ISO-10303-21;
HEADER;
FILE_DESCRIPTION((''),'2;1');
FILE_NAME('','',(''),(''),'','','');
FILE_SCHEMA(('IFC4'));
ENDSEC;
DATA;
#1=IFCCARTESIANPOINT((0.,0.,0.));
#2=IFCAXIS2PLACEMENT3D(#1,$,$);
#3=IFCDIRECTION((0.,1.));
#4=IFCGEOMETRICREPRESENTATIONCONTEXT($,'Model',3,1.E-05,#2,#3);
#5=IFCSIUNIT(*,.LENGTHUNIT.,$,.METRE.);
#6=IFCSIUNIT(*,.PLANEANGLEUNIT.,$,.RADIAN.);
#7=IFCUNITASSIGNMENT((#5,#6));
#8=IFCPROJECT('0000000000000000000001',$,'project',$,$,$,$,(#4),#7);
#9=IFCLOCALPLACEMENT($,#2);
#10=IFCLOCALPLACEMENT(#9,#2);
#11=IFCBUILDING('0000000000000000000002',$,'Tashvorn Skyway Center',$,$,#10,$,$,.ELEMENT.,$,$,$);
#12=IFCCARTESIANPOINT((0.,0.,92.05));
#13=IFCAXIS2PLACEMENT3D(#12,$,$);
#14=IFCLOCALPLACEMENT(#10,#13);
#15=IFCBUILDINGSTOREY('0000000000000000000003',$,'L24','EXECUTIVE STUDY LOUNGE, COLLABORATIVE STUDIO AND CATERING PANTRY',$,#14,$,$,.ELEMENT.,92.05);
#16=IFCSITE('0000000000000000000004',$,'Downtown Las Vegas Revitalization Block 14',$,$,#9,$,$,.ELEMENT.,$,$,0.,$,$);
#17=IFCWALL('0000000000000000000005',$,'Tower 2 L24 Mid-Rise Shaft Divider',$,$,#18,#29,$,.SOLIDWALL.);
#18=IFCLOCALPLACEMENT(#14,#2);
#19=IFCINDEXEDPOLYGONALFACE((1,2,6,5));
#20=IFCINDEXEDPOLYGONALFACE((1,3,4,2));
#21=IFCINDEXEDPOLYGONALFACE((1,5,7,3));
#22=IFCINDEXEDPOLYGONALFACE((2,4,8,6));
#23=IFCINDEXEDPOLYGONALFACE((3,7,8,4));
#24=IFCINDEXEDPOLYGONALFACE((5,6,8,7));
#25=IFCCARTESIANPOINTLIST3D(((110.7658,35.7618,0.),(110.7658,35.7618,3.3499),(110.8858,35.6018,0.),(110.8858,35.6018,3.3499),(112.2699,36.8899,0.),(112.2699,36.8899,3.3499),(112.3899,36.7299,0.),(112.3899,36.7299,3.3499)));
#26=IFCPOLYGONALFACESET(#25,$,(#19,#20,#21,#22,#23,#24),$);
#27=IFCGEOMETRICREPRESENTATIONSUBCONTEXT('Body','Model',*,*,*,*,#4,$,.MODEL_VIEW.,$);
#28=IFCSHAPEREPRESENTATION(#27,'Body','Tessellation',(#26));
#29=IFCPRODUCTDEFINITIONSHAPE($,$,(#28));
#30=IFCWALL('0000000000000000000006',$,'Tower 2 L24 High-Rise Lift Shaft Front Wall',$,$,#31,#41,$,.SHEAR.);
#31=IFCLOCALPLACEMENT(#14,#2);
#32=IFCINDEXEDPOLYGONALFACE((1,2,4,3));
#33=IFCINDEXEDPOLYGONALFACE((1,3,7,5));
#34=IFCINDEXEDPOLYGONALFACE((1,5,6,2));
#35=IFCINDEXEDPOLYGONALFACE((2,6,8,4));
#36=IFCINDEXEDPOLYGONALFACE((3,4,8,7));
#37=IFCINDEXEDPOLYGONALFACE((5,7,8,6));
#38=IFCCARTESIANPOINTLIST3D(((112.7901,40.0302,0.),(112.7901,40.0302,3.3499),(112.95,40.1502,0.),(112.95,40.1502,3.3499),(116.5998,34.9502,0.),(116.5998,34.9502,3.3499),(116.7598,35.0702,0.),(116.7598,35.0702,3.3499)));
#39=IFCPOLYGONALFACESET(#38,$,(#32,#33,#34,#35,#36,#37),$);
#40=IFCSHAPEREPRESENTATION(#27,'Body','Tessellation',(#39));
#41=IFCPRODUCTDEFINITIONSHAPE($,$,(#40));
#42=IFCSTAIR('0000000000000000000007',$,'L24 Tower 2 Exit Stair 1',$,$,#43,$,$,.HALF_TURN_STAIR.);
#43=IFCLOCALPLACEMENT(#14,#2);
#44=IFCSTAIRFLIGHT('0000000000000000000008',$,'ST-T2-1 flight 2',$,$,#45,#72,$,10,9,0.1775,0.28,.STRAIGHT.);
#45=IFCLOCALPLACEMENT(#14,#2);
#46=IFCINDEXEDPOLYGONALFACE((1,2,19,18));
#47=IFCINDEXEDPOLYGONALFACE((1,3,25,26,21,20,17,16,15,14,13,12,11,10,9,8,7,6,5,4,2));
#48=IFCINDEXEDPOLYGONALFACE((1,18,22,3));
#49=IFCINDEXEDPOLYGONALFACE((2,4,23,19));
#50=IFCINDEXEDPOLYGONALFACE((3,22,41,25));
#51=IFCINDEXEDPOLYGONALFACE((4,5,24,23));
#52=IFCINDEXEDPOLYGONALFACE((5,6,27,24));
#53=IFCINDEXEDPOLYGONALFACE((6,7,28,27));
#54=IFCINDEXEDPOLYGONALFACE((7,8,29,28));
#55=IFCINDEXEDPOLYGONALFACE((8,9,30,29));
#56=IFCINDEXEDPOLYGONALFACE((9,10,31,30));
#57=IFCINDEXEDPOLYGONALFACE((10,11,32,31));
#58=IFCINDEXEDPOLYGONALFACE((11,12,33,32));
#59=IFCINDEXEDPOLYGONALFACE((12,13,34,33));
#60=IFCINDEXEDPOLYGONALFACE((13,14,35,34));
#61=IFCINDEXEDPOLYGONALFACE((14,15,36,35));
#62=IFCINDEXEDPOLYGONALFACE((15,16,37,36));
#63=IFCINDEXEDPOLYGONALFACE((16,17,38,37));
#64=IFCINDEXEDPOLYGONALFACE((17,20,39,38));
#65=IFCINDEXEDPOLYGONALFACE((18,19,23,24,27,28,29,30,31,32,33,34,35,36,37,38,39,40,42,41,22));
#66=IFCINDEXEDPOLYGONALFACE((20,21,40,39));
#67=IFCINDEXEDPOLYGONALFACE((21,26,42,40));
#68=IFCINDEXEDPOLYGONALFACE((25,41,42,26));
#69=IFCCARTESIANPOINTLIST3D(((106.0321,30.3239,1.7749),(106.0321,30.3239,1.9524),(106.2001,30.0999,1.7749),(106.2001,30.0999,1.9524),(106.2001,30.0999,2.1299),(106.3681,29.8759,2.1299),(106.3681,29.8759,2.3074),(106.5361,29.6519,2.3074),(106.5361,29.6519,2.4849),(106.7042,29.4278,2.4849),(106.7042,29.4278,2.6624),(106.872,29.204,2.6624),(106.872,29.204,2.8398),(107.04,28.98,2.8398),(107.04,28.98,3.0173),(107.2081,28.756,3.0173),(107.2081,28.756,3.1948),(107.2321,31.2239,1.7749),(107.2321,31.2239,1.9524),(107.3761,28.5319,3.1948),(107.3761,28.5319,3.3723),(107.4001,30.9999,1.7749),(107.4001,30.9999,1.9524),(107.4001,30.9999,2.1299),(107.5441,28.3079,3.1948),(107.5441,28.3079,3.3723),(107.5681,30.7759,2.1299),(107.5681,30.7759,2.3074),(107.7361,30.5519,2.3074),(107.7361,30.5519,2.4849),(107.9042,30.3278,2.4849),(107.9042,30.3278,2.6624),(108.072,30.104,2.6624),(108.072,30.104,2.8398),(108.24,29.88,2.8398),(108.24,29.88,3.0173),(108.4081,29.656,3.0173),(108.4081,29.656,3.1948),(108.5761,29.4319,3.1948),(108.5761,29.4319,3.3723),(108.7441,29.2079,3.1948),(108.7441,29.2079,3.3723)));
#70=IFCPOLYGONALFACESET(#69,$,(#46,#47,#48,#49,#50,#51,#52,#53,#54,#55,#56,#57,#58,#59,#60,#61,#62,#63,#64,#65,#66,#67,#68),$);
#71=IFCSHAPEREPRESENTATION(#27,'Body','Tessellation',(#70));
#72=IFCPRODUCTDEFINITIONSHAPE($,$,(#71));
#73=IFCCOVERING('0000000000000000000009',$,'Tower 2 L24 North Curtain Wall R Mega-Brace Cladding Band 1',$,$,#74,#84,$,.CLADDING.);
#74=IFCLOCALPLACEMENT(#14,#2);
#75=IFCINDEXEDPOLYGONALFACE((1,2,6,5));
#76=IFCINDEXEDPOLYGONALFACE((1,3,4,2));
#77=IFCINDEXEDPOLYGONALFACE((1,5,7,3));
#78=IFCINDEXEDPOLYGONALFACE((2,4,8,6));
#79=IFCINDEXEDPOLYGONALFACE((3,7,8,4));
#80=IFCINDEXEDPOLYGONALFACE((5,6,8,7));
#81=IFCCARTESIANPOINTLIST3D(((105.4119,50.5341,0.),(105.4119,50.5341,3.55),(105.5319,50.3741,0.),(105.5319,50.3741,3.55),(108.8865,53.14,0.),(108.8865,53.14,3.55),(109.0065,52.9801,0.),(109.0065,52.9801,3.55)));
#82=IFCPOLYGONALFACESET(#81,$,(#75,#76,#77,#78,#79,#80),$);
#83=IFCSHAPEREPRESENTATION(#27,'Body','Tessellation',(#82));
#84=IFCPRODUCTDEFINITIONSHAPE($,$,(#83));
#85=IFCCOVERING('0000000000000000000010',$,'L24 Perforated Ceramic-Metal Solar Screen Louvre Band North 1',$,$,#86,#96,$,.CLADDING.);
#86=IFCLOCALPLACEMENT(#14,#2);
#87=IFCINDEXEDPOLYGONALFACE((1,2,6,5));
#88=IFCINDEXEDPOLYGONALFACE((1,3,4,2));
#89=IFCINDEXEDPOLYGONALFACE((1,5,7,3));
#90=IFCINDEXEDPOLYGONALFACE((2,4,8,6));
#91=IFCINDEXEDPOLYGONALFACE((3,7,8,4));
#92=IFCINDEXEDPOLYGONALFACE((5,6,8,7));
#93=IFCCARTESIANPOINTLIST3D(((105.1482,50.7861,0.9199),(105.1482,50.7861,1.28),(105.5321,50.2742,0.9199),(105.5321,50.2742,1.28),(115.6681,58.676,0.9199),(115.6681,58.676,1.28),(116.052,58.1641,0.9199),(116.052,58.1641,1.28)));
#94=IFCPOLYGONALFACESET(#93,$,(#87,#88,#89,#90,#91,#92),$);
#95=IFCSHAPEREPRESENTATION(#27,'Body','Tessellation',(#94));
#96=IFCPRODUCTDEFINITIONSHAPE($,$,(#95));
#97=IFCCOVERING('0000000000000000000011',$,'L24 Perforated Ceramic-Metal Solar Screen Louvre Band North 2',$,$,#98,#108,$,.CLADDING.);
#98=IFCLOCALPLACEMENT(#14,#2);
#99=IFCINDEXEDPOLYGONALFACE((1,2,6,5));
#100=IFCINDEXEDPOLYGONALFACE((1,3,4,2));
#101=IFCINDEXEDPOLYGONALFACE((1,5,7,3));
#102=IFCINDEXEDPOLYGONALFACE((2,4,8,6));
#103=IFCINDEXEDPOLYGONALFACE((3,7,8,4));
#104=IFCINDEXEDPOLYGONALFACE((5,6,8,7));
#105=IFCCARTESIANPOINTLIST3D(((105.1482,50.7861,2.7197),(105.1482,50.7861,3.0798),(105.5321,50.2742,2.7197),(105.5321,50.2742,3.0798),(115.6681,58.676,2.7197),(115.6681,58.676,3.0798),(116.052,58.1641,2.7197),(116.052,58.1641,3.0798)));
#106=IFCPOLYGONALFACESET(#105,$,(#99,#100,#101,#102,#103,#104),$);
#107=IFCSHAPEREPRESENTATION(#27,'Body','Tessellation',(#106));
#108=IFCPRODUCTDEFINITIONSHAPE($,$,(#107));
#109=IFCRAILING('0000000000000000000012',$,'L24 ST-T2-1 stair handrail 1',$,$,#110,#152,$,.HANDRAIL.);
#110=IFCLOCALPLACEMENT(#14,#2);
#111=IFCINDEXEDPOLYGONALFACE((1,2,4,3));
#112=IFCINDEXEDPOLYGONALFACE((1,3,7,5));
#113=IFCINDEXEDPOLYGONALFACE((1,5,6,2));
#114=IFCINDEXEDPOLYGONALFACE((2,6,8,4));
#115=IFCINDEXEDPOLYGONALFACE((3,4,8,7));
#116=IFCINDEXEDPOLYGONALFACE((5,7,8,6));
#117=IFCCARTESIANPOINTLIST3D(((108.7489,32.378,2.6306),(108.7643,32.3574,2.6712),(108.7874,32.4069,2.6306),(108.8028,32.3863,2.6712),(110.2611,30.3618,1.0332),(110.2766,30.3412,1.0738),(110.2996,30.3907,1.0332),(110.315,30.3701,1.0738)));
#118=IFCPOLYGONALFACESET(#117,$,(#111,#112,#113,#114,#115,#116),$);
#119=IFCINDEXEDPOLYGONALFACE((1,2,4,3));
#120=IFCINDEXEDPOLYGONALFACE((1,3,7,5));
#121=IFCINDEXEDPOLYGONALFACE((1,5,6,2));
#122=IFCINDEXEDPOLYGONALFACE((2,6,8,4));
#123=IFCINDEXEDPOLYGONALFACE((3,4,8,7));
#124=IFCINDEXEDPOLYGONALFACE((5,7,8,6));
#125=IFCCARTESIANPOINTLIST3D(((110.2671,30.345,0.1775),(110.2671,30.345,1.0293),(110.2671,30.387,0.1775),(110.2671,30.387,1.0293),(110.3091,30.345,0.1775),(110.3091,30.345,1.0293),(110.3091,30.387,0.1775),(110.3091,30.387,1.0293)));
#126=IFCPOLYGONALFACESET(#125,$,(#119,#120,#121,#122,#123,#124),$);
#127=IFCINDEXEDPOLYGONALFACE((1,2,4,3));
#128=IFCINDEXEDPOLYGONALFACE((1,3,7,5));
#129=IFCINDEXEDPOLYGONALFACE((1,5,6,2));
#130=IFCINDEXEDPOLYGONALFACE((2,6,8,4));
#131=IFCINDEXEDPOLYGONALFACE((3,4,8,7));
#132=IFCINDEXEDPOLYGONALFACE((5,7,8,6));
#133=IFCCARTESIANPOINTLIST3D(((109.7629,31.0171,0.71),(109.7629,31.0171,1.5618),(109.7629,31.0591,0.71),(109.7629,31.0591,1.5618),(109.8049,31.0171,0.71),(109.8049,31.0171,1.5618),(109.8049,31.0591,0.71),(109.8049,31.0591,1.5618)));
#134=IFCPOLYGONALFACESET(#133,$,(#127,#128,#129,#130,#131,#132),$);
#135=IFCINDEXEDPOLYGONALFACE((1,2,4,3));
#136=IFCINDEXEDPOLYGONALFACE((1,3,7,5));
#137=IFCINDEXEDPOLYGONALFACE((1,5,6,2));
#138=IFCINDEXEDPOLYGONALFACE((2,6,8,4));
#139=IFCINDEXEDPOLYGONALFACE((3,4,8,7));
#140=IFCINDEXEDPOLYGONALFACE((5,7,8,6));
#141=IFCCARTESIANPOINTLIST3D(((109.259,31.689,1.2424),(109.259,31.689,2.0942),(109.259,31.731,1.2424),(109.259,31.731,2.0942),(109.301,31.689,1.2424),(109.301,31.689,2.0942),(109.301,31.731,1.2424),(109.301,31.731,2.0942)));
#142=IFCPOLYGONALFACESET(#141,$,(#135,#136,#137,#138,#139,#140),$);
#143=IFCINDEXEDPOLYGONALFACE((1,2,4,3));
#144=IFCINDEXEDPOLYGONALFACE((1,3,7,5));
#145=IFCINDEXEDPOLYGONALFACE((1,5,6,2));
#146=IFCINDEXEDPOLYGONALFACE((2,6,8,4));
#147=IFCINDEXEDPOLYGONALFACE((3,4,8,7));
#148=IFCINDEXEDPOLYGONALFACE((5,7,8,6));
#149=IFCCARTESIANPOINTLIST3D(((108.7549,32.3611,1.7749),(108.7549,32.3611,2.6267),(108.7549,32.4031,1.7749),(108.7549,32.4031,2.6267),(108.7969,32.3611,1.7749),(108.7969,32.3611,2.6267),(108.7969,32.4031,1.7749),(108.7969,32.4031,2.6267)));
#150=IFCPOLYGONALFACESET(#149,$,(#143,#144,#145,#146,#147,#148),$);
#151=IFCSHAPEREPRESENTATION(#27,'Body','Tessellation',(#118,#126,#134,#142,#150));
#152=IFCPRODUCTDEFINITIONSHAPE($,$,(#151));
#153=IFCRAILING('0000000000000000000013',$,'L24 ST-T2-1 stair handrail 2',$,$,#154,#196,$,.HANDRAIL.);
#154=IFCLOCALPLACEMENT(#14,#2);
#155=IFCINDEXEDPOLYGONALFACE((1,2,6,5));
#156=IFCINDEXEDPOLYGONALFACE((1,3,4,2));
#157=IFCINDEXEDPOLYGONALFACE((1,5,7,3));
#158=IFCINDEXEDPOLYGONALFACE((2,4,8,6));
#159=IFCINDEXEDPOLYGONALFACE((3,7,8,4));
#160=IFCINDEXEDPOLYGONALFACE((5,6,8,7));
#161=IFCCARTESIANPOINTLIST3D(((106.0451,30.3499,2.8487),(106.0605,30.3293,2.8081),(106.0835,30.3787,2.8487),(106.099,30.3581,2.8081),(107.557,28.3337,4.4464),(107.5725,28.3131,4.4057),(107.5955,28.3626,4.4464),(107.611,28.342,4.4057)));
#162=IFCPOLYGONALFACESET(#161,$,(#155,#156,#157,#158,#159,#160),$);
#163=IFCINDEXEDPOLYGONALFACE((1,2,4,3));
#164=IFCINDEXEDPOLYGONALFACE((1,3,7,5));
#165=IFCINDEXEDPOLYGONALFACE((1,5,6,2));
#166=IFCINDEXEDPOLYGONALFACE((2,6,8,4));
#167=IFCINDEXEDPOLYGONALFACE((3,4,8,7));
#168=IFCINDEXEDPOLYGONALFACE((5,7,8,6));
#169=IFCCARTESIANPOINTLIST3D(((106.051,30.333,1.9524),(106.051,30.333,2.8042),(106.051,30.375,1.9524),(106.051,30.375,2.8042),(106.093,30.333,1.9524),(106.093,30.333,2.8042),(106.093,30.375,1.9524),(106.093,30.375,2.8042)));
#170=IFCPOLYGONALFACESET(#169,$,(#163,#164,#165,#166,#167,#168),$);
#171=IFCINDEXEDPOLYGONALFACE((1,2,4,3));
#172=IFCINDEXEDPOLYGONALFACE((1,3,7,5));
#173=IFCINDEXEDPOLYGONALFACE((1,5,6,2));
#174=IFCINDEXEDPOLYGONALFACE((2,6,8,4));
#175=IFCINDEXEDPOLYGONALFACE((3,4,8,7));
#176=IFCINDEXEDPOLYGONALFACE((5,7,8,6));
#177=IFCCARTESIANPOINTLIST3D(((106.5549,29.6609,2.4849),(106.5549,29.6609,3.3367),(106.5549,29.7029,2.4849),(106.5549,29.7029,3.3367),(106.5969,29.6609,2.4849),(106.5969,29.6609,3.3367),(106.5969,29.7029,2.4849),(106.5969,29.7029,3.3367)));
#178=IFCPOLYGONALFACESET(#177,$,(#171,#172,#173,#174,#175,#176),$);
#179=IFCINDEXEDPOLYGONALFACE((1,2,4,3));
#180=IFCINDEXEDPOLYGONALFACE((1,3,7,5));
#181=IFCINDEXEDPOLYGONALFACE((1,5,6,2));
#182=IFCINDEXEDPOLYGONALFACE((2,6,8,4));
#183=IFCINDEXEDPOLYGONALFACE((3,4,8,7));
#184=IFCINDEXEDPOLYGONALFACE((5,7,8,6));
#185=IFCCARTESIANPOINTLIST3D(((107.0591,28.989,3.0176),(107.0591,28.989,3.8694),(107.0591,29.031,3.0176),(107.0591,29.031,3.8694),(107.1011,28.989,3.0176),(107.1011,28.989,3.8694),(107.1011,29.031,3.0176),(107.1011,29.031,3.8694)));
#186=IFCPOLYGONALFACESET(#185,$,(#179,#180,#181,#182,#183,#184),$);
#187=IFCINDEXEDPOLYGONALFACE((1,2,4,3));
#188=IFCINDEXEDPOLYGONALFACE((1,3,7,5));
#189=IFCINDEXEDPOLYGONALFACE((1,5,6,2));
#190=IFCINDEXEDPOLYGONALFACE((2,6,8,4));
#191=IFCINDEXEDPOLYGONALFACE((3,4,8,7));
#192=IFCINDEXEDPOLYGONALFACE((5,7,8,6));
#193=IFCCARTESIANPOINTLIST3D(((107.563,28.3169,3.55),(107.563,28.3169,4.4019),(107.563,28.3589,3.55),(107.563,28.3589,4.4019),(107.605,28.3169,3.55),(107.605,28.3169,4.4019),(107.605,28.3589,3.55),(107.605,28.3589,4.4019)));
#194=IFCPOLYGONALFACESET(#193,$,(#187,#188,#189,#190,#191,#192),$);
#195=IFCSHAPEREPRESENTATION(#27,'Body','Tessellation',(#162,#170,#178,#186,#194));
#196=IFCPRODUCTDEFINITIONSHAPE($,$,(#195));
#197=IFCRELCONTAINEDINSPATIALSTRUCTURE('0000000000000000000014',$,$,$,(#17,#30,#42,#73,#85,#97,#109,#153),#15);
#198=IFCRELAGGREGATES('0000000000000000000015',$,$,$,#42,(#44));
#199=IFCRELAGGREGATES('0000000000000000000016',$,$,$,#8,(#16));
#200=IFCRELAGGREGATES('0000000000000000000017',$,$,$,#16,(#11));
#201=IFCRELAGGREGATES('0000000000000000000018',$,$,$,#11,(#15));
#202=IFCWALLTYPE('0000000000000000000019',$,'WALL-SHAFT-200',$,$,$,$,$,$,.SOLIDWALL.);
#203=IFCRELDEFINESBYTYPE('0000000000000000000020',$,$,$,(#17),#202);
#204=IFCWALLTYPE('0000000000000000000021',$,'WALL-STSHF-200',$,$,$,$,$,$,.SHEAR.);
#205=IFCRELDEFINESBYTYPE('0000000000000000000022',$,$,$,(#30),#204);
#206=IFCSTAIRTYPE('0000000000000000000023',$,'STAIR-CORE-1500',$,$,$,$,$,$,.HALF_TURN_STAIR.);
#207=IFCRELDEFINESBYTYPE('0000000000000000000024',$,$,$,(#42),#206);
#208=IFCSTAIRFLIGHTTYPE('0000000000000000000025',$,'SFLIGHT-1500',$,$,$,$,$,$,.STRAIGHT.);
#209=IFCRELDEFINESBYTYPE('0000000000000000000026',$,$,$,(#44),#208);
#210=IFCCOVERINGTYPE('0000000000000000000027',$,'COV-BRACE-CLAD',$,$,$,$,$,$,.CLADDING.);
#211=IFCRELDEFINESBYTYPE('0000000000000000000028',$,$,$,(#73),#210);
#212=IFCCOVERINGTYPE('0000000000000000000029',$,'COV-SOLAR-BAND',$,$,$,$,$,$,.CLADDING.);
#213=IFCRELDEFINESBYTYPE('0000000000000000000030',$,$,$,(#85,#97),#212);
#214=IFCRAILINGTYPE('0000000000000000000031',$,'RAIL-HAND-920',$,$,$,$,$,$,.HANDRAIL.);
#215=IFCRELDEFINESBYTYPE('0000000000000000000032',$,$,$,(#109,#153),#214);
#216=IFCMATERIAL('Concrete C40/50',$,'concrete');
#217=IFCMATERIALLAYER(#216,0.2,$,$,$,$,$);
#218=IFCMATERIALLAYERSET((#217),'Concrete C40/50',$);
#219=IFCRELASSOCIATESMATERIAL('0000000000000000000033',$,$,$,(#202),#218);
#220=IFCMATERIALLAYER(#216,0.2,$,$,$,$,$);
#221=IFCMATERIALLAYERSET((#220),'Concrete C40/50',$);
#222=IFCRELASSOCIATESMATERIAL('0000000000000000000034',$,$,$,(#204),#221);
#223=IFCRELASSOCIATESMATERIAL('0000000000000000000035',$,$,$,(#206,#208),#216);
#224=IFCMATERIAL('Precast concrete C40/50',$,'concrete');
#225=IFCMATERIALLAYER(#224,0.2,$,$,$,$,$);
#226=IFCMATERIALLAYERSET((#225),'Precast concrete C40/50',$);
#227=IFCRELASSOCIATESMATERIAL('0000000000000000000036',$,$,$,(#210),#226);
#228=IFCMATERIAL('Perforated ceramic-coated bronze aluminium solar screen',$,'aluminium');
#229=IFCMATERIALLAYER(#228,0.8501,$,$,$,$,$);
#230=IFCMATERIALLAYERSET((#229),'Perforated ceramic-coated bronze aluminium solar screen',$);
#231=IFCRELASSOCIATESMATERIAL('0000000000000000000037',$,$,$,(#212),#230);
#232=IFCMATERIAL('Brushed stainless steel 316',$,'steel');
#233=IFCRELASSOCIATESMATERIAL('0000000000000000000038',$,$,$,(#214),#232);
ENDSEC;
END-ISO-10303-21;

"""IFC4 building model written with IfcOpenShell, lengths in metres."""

from ifc_helpers import new_model, si_unit, direction, frame, frame_2d, origin, origin_2d, place, context, subcontext, project, spatial, polyline, rectangle, outline, extrude, material, layer, layer_set, type_object, element, aggregate, save


model = new_model("IFC4")

# Units and contexts
model_context = context("Model", 3, precision=1e-05, world=origin(), true_north=direction((0.0, 1.0)))
body_context = subcontext(model_context, "Body", "Model", "MODEL_VIEW")
ifc_project = project(units=[si_unit("LENGTHUNIT", "METRE"), si_unit("PLANEANGLEUNIT", "RADIAN")], contexts=[model_context])

# Site, building, storey
site_placement = place(None, origin())
site = spatial("IfcSite", under=ifc_project, at=site_placement, Name="Downtown Las Vegas Revitalization Block 14", CompositionType="ELEMENT", RefElevation=0.0)
building_placement = place(site_placement, origin())
building = spatial("IfcBuilding", under=site, at=building_placement, Name="Tashvorn Skyway Center", CompositionType="ELEMENT")
storey_placement = place(building_placement, frame((0.0, 0.0, 92.05)))
storey = spatial("IfcBuildingStorey", under=building, at=storey_placement, Name="L24", Description="EXECUTIVE STUDY LOUNGE, COLLABORATIVE STUDIO AND CATERING PANTRY", CompositionType="ELEMENT", Elevation=92.05)

# Shared definitions
ifc_material_1 = material(Name="Concrete C40/50", Category="concrete")

# Walls
ifc_layer_1 = layer(ifc_material_1, 0.2)
ifc_layer_set_1 = layer_set([ifc_layer_1], Name="Concrete C40/50")
wall_type_1 = type_object("IfcWallType", Name="WALL-SHAFT-200", PredefinedType="SOLIDWALL", material=ifc_layer_set_1)
wall_1_placement = place(storey_placement, frame((110.8259, 35.6819, 0.0), z_axis=(0.0, 0.0, 1.0), x_axis=(0.799984, 0.600021, 0.0)))
element("IfcWall", 1, at=wall_1_placement, inside=storey, type_object=wall_type_1, Name="Tower 2 L24 Mid-Rise Shaft Divider", PredefinedType="SOLIDWALL", context=body_context, shape_type="SweptSolid", body=[
    extrude(rectangle(XDim=1.8801, YDim=0.2, at=frame_2d((0.9399, 0.0))), origin(), (0.0, 0.0, 1.0), 3.3499),
])
ifc_layer_2 = layer(ifc_material_1, 0.2)
ifc_layer_set_2 = layer_set([ifc_layer_2], Name="Concrete C40/50")
wall_type_2 = type_object("IfcWallType", Name="WALL-STSHF-200", PredefinedType="SHEAR", material=ifc_layer_set_2)
wall_2_placement = place(storey_placement, frame((112.8701, 40.0901, 0.0), z_axis=(0.0, 0.0, 1.0), x_axis=(0.599975, -0.800018, 0.0)))
element("IfcWall", 2, at=wall_2_placement, inside=storey, type_object=wall_type_2, Name="Tower 2 L24 High-Rise Lift Shaft Front Wall", PredefinedType="SHEAR", context=body_context, shape_type="SweptSolid", body=[
    extrude(rectangle(XDim=6.3499, YDim=0.2, at=frame_2d((3.1748, 0.0))), origin(), (0.0, 0.0, 1.0), 3.3499),
])

# Stair, stair flight
stair_type = type_object("IfcStairType", Name="STAIR-CORE-1500", PredefinedType="HALF_TURN_STAIR", material=ifc_material_1)
stair_placement = place(storey_placement, origin())
stair = element("IfcStair", 3, at=stair_placement, inside=storey, type_object=stair_type, Name="L24 Tower 2 Exit Stair 1", PredefinedType="HALF_TURN_STAIR")
stair_flight_type = type_object("IfcStairFlightType", Name="SFLIGHT-1500", PredefinedType="STRAIGHT", material=ifc_material_1)
stair_flight_placement = place(storey_placement, frame((106.6321, 30.7739, 1.7749), z_axis=(0.0, 0.0, 1.0), x_axis=(0.6, -0.8, 0.0)))
stair_flight = element("IfcStairFlight", 4, at=stair_flight_placement, type_object=stair_flight_type, Name="ST-T2-1 flight 2", NumberOfRisers=10, NumberOfTreads=9, PredefinedType="STRAIGHT", RiserHeight=0.1775, TreadLength=0.28, context=body_context, shape_type="SweptSolid", body=[
    extrude(outline(polyline([(0.0, 0.0), (0.0, 0.1775), (0.28, 0.1775), (0.28, 0.355), (0.5601, 0.355), (0.5601, 0.5325), (0.8401, 0.5325), (0.8401, 0.71), (1.1201, 0.71), (1.1201, 0.8875), (1.3999, 0.8875), (1.3999, 1.0649), (1.6799, 1.0649), (1.6799, 1.2424), (1.96, 1.2424), (1.96, 1.4199), (2.24, 1.4199), (2.24, 1.5974), (2.52, 1.5974), (2.52, 1.7749), (2.52, 1.4199), (0.28, 0.0), (0.0, 0.0)])), frame((0.0, 0.75, 0.0), z_axis=(0.0, -1.0, 0.0), x_axis=(1.0, 0.0, 0.0)), (0.0, 0.0, 1.0), 1.5),
])
aggregate(stair, [stair_flight])

# Coverings
ifc_material_2 = material(Name="Precast concrete C40/50", Category="concrete")
ifc_layer_3 = layer(ifc_material_2, 0.2)
ifc_layer_set_3 = layer_set([ifc_layer_3], Name="Precast concrete C40/50")
covering_type_1 = type_object("IfcCoveringType", Name="COV-BRACE-CLAD", PredefinedType="CLADDING", material=ifc_layer_set_3)
covering_placement = place(storey_placement, frame((107.2092, 51.7571, 0.0), z_axis=(0.0, 0.0, 1.0), x_axis=(0.8, 0.6, 0.0)))
element("IfcCovering", 5, at=covering_placement, inside=storey, type_object=covering_type_1, Name="Tower 2 L24 North Curtain Wall R Mega-Brace Cladding Band 1", PredefinedType="CLADDING", context=body_context, shape_type="SweptSolid", body=[
    extrude(rectangle(XDim=4.3433, YDim=0.2, at=origin_2d()), origin(), (0.0, 0.0, 1.0), 3.55),
])
ifc_material_3 = material(Name="Perforated ceramic-coated bronze aluminium solar screen", Category="aluminium")
ifc_layer_4 = layer(ifc_material_3, 0.8501)
ifc_layer_set_4 = layer_set([ifc_layer_4], Name="Perforated ceramic-coated bronze aluminium solar screen")
covering_type_2 = type_object("IfcCoveringType", Name="COV-SOLAR-BAND", PredefinedType="CLADDING", material=ifc_layer_set_4)
for number, where, z_axis, x_axis, name in (
    (6, (110.6001, 54.4751, 0.9199), (0.0, 0.0, 1.0), (0.8, 0.6, 0.0), "L24 Perforated Ceramic-Metal Solar Screen Louvre Band North 1"),
    (7, (110.6001, 54.4751, 2.7197), (0.0, 0.0, 1.0), (0.8, 0.6, 0.0), "L24 Perforated Ceramic-Metal Solar Screen Louvre Band North 2"),
):
    element("IfcCovering", number, at=place(storey_placement, frame(where, z_axis=z_axis, x_axis=x_axis)), inside=storey, type_object=covering_type_2, Name=name, PredefinedType="CLADDING", context=body_context, shape_type="SweptSolid", body=[
        extrude(rectangle(XDim=13.1499, YDim=0.6399, at=origin_2d()), origin(), (0.0, 0.0, 1.0), 0.3601),
    ])

# Railings
ifc_material_4 = material(Name="Brushed stainless steel 316", Category="steel")
railing_type_1 = type_object("IfcRailingType", Name="RAIL-HAND-920", PredefinedType="HANDRAIL", material=ifc_material_4)
railing_1_placement = place(storey_placement, frame((110.2881, 30.366, 0.1775)))
element("IfcRailing", 8, at=railing_1_placement, inside=storey, type_object=railing_type_1, Name="L24 ST-T2-1 stair handrail 1", PredefinedType="HANDRAIL", context=body_context, shape_type="SweptSolid", body=[
    extrude(rectangle(XDim=0.0481, YDim=0.0481, at=origin_2d()), frame((0.0, 0.0, 0.876), z_axis=(-0.506802, 0.675681, 0.535357), x_axis=(-0.799977, -0.600031, 0.0)), (0.0, 0.0, 1.0), 2.9839),
    extrude(rectangle(XDim=0.042, YDim=0.042, at=origin_2d()), origin(), (0.0, 0.0, 1.0), 0.8518),
    extrude(rectangle(XDim=0.042, YDim=0.042, at=origin_2d()), frame((-0.5042, 0.6721, 0.5325)), (0.0, 0.0, 1.0), 0.8518),
    extrude(rectangle(XDim=0.042, YDim=0.042, at=origin_2d()), frame((-1.0081, 1.344, 1.0649)), (0.0, 0.0, 1.0), 0.8518),
    extrude(rectangle(XDim=0.042, YDim=0.042, at=origin_2d()), frame((-1.5122, 2.0161, 1.5974)), (0.0, 0.0, 1.0), 0.8518),
])
railing_2_placement = place(storey_placement, frame((106.072, 30.354, 1.9524)))
element("IfcRailing", 9, at=railing_2_placement, inside=storey, type_object=railing_type_1, Name="L24 ST-T2-1 stair handrail 2", PredefinedType="HANDRAIL", context=body_context, shape_type="SweptSolid", body=[
    extrude(rectangle(XDim=0.0481, YDim=0.0481, at=origin_2d()), frame((0.0, 0.0, 0.876), z_axis=(0.506719, -0.675679, 0.535438), x_axis=(0.800023, 0.599969, 0.0)), (0.0, 0.0, 1.0), 2.9839),
    extrude(rectangle(XDim=0.042, YDim=0.042, at=origin_2d()), origin(), (0.0, 0.0, 1.0), 0.8518),
    extrude(rectangle(XDim=0.042, YDim=0.042, at=origin_2d()), frame((0.5039, -0.6721, 0.5325)), (0.0, 0.0, 1.0), 0.8518),
    extrude(rectangle(XDim=0.042, YDim=0.042, at=origin_2d()), frame((1.0081, -1.344, 1.0652)), (0.0, 0.0, 1.0), 0.8518),
    extrude(rectangle(XDim=0.042, YDim=0.042, at=origin_2d()), frame((1.512, -2.0161, 1.5977)), (0.0, 0.0, 1.0), 0.8518),
])

save(model, "model.ifc")
